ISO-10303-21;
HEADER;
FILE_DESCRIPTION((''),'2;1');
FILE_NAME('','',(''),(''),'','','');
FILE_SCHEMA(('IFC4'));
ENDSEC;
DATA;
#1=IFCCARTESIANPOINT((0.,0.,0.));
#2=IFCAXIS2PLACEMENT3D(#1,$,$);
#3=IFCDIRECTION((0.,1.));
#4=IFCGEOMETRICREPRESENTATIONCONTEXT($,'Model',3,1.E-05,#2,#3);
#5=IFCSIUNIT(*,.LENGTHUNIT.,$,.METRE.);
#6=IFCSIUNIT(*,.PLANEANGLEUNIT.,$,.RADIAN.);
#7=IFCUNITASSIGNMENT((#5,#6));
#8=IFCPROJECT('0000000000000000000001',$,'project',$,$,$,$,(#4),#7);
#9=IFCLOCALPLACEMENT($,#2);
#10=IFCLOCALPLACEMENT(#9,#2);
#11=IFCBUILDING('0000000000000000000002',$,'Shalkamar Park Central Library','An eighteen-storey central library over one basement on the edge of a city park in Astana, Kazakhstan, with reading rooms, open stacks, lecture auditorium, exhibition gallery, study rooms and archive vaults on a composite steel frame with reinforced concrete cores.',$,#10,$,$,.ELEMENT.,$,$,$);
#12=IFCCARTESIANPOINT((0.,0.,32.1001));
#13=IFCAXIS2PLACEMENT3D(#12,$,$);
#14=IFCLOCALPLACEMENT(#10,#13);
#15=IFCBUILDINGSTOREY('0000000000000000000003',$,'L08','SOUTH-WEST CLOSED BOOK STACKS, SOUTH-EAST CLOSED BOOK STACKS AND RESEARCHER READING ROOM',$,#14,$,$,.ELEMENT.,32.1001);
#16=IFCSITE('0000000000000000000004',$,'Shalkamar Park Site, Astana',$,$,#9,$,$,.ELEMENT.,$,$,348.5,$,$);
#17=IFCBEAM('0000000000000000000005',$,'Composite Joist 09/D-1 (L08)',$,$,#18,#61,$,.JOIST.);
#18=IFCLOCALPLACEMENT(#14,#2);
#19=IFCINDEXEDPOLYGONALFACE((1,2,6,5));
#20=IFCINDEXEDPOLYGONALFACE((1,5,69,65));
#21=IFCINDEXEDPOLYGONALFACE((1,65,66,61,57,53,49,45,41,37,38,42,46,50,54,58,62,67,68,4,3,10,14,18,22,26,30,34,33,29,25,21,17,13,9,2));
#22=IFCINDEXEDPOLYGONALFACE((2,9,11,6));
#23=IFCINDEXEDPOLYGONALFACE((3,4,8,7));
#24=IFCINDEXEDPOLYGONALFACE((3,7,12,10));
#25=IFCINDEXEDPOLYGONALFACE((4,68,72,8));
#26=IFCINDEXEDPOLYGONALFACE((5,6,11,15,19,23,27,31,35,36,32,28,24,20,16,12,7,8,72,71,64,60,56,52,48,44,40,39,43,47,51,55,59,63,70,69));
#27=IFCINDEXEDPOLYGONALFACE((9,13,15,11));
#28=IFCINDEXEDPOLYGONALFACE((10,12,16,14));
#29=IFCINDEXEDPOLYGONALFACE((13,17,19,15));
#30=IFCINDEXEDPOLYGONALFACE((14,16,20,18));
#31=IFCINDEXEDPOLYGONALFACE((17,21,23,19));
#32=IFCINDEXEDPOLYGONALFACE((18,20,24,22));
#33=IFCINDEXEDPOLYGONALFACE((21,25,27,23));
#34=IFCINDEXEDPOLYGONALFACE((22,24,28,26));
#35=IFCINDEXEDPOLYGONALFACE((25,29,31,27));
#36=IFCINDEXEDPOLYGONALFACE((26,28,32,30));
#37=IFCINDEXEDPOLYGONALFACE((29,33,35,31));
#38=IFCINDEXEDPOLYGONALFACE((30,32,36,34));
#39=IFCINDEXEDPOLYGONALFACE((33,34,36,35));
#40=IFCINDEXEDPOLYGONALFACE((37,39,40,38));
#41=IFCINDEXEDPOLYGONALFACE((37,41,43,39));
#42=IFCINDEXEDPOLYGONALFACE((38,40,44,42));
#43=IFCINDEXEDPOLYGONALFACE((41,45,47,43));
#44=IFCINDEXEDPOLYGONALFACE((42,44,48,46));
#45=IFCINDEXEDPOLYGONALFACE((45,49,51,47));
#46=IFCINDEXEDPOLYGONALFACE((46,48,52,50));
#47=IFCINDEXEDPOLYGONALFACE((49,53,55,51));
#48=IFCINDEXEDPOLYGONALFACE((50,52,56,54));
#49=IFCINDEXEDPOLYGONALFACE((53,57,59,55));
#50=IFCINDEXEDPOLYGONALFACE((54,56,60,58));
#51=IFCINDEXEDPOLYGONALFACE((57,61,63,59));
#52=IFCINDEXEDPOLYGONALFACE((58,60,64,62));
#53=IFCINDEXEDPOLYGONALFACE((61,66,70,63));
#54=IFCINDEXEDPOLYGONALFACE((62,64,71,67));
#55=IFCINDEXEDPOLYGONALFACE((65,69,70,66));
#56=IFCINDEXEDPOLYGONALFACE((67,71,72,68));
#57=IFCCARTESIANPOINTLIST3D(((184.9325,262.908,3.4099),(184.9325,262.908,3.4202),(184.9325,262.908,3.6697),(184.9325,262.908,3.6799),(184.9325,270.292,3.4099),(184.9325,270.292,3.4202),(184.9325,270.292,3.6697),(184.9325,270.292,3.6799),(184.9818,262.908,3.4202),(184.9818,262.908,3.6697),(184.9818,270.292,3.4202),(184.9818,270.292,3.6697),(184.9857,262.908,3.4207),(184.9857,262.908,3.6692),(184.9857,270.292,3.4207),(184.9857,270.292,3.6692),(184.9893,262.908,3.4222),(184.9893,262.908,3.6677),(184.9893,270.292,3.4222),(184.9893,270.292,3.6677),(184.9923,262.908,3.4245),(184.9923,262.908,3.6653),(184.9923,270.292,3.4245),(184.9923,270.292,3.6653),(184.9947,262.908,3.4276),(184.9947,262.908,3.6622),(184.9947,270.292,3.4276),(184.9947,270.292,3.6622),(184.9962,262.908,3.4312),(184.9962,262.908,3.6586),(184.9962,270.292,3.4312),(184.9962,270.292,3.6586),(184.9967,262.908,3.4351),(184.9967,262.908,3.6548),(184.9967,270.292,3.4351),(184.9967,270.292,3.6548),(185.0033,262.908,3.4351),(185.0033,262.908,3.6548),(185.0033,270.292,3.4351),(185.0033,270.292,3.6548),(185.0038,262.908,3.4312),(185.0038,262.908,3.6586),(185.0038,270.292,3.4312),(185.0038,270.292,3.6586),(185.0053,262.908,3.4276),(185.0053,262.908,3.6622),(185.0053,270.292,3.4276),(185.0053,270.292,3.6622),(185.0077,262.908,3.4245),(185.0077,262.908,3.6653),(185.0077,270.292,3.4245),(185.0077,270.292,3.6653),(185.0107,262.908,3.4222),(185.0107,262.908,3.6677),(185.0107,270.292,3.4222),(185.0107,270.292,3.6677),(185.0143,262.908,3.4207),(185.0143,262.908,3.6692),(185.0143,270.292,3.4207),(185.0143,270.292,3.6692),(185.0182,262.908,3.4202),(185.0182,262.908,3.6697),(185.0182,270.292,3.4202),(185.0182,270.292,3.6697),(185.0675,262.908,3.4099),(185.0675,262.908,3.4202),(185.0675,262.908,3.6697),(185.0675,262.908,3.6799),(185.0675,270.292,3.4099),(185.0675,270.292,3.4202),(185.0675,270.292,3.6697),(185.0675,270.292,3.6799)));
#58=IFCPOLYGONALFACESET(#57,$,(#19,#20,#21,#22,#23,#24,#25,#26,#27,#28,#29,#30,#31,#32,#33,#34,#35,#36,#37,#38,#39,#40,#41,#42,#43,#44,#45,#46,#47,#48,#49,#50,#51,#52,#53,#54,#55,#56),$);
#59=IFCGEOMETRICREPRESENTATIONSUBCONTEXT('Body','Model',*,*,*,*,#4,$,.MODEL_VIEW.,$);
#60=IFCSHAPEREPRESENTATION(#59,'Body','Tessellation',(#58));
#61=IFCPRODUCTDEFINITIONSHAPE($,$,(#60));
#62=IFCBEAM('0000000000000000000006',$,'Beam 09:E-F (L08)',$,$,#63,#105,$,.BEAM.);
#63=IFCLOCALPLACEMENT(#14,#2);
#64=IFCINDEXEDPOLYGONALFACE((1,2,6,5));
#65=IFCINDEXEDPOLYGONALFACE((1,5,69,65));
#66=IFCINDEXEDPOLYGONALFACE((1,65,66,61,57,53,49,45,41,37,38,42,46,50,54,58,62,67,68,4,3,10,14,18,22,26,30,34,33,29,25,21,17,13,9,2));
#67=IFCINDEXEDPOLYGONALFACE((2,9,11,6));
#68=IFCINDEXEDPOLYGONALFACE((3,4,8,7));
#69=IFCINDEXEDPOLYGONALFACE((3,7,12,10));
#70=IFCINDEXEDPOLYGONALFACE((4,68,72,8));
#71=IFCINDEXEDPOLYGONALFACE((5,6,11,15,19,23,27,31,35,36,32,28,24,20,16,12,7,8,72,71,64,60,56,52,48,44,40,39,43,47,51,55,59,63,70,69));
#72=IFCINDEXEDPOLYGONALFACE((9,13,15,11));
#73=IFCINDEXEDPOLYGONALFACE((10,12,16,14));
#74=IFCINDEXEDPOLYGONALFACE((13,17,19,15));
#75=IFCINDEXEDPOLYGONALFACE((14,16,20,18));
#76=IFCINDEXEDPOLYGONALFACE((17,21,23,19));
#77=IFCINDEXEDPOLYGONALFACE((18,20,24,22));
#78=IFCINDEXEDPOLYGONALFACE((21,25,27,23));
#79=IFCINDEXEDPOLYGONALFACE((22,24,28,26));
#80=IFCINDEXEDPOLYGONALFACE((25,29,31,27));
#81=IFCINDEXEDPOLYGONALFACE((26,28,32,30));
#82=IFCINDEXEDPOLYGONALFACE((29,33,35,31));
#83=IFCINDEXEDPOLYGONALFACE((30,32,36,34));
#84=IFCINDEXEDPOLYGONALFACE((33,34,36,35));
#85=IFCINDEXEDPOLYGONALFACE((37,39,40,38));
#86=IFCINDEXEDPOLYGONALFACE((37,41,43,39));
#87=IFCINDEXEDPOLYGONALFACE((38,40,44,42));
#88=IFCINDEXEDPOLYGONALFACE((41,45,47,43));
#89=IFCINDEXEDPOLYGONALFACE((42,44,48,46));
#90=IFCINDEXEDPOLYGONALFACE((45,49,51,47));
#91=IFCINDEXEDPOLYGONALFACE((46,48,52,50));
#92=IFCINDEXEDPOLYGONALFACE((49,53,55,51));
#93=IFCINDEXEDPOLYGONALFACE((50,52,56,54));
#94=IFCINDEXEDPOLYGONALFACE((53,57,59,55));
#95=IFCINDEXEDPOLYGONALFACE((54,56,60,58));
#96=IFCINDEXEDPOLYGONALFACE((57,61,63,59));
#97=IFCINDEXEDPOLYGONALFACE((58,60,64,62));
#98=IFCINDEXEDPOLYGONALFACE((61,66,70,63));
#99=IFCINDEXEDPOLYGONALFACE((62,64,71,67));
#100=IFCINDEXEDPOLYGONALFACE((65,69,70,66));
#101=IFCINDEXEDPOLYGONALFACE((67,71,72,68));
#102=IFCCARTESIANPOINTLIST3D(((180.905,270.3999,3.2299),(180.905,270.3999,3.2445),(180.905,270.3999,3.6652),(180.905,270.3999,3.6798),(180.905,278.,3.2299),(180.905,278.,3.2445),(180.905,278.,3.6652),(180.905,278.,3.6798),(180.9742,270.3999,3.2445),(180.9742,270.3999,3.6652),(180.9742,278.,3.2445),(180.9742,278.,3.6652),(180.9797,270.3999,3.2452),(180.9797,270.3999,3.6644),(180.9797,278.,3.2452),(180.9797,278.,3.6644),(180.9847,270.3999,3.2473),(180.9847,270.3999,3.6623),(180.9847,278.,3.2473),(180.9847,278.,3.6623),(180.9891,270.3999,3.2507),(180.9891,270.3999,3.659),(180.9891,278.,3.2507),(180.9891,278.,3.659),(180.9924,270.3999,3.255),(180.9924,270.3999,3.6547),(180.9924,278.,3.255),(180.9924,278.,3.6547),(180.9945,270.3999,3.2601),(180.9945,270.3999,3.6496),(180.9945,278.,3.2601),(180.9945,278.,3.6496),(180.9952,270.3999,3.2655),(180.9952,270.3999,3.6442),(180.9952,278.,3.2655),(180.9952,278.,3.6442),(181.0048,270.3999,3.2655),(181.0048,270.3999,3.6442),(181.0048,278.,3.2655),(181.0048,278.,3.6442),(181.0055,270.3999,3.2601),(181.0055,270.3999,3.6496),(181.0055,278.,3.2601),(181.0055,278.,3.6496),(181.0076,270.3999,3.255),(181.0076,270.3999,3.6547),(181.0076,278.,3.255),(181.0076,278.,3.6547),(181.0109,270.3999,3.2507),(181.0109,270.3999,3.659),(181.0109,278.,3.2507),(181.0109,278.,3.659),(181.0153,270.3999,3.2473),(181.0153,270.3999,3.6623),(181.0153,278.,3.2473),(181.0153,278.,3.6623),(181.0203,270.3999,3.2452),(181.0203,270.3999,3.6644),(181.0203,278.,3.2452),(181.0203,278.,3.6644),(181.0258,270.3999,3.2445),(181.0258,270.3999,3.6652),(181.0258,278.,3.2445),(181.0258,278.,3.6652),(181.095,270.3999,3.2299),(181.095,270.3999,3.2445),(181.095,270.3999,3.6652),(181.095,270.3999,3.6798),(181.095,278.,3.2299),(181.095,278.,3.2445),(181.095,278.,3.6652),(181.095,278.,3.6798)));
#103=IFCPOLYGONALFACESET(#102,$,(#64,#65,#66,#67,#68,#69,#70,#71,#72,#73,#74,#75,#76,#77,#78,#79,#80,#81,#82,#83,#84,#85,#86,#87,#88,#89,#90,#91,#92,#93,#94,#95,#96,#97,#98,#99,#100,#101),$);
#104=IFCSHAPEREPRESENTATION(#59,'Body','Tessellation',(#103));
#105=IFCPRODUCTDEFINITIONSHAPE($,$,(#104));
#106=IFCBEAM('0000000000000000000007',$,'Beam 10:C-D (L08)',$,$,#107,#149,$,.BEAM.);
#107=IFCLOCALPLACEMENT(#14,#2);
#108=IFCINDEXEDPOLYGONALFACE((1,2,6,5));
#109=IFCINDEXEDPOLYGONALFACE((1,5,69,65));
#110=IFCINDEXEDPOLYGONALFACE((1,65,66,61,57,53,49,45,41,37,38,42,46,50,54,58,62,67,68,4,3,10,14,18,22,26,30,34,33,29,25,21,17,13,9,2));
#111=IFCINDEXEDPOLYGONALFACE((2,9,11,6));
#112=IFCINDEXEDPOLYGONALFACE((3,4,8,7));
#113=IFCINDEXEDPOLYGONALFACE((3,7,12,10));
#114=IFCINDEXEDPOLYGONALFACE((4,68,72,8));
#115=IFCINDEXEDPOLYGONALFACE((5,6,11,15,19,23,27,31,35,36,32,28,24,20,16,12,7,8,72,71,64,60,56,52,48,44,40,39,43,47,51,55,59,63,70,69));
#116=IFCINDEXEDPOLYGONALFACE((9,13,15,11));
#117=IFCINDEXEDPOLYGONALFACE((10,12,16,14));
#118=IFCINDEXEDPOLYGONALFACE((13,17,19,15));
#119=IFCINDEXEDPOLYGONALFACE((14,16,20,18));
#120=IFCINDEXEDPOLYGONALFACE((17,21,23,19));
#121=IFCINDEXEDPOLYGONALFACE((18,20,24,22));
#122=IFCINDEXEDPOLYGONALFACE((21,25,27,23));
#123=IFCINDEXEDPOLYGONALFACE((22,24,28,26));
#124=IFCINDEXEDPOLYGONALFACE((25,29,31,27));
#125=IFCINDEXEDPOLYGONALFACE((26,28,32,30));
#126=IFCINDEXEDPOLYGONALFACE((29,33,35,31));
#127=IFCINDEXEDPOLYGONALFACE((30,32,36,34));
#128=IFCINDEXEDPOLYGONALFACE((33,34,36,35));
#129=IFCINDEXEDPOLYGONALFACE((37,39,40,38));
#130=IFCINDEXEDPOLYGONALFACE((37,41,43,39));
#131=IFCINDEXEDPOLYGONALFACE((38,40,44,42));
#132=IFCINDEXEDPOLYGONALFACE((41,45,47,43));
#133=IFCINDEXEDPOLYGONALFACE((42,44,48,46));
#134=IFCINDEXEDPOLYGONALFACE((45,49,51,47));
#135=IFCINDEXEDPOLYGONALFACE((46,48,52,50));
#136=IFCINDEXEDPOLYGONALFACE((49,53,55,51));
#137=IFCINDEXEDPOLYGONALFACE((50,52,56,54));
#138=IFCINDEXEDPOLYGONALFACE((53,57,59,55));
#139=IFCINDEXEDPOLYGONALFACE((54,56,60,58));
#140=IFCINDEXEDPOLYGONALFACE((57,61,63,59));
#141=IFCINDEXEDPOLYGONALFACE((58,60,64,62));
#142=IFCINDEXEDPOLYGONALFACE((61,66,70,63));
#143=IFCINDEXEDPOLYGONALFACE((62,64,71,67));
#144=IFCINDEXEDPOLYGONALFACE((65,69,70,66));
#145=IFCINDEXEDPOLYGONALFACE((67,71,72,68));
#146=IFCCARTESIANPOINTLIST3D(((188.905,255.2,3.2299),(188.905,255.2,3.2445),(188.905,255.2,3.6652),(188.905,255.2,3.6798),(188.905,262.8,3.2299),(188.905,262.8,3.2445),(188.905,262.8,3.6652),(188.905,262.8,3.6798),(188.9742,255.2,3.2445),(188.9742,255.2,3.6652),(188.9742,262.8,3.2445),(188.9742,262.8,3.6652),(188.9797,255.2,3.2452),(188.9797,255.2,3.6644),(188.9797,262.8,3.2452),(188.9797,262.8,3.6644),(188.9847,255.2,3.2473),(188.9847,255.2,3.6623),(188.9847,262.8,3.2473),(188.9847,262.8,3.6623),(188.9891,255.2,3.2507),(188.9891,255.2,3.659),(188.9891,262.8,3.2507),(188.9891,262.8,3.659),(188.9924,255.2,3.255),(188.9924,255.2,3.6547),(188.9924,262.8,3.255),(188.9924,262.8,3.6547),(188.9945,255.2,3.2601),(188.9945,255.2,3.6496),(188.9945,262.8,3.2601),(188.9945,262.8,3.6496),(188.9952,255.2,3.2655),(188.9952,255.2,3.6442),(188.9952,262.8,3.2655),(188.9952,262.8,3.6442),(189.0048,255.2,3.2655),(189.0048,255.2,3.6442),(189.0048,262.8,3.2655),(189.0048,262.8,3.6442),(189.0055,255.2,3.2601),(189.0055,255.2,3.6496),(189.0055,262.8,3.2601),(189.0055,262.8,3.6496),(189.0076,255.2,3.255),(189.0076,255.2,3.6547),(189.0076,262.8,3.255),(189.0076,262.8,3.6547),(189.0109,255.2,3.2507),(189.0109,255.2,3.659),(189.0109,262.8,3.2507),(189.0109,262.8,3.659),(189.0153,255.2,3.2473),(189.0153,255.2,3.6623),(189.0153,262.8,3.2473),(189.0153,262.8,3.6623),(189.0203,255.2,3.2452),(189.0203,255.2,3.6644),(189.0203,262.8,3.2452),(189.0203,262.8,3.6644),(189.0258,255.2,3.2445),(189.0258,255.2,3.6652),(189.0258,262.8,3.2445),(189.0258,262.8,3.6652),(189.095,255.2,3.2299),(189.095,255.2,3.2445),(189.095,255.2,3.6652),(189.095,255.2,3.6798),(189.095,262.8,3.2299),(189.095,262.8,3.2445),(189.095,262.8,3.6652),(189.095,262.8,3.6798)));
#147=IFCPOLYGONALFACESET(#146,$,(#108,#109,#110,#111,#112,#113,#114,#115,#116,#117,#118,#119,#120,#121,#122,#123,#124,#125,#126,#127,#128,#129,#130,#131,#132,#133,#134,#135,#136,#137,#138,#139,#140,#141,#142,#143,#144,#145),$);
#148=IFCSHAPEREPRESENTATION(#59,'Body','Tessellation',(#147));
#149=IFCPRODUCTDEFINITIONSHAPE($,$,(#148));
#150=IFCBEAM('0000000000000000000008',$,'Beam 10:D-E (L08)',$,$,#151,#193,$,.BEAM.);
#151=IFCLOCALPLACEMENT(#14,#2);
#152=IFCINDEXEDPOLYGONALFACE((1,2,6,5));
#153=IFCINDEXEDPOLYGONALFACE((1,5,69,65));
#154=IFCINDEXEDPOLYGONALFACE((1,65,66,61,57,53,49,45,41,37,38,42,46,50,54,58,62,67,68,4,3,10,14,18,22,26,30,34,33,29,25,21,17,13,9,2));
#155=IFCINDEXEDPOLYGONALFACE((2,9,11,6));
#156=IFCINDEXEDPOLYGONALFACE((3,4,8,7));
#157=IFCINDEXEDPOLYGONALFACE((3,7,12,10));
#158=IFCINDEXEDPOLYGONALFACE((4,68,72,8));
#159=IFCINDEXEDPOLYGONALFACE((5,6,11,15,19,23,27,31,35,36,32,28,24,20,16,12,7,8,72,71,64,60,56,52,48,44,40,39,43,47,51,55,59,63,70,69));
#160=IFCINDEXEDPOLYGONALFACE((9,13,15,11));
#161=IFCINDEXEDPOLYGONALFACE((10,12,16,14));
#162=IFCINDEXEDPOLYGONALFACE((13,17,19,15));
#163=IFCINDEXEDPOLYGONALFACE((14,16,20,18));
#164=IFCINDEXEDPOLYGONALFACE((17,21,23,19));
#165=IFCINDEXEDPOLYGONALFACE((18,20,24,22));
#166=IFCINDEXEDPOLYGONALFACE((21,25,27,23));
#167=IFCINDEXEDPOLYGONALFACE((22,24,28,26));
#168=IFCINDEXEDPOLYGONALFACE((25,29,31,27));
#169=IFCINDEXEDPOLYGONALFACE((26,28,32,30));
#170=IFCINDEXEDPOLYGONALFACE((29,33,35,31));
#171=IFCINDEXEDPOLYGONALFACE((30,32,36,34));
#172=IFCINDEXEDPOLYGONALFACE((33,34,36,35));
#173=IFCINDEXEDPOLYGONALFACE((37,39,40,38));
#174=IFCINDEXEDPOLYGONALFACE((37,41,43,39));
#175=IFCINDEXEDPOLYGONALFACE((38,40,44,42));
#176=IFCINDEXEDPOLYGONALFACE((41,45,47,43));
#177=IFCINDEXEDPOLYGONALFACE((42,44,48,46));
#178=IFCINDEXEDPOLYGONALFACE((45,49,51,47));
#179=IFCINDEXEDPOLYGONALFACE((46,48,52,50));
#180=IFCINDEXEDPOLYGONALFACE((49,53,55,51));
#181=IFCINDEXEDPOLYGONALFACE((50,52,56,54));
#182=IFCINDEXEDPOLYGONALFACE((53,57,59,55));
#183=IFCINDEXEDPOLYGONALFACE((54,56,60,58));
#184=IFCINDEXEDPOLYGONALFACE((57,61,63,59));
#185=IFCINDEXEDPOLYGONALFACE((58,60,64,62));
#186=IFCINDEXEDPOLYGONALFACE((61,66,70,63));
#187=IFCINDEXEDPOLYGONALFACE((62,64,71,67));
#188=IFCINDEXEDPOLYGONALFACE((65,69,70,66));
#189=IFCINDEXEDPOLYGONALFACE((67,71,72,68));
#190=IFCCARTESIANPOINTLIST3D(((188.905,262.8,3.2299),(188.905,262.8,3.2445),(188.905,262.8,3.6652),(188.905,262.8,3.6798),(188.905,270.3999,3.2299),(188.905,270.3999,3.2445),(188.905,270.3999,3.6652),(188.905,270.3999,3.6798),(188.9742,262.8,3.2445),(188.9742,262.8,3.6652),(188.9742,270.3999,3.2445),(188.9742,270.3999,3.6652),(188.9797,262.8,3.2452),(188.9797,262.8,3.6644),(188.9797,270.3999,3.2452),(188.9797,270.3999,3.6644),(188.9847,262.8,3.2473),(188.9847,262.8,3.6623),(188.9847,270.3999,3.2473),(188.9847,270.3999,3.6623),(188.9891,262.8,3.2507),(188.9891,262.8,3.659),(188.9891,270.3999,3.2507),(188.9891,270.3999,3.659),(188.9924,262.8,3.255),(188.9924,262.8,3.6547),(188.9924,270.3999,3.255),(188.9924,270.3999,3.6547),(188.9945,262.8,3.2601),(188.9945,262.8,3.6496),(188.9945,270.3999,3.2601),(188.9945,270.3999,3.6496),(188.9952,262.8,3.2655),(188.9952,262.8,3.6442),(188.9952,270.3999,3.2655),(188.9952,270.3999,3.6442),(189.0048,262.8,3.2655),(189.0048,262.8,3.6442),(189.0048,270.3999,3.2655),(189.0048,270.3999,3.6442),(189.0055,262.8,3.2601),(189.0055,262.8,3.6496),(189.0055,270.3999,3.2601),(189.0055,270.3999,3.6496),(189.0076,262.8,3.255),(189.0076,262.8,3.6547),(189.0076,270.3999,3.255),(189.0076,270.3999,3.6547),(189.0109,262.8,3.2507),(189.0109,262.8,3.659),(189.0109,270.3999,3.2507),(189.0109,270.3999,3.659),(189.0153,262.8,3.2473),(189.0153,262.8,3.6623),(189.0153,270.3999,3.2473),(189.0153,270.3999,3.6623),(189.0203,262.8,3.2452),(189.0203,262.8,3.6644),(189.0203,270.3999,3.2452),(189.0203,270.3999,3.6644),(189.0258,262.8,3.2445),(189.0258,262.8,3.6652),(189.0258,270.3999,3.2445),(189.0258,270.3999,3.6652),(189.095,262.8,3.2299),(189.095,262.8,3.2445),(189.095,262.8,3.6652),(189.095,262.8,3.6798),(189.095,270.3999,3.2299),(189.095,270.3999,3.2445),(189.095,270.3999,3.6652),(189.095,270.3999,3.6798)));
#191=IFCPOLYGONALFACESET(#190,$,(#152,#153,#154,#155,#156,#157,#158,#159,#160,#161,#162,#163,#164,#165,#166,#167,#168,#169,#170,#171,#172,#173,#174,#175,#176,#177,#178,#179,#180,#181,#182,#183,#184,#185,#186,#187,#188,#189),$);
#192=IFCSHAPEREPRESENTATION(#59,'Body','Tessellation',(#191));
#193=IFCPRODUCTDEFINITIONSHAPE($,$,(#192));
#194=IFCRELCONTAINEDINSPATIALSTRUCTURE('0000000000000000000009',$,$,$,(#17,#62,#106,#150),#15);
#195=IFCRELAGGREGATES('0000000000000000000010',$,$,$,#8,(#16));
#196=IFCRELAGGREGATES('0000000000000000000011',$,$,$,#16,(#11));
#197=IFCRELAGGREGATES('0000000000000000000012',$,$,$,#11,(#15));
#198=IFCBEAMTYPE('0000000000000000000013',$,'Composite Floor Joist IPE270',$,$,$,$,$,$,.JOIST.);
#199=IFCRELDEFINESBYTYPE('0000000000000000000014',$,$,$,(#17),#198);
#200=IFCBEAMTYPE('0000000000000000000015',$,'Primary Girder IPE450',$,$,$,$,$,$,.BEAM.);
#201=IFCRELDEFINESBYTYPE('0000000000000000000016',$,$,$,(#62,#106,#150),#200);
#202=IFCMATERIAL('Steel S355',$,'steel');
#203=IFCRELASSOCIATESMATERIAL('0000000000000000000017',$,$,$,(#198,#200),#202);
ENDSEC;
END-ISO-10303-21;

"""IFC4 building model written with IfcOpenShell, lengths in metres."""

from ifc_helpers import new_model, si_unit, direction, frame, origin, origin_2d, place, context, subcontext, project, spatial, i_section, extrude, material, material_profile, profile_set, type_object, element, save


model = new_model("IFC4")

# Units and contexts
model_context = context("Model", 3, precision=1e-05, world=origin(), true_north=direction((0.0, 1.0)))
body_context = subcontext(model_context, "Body", "Model", "MODEL_VIEW")
ifc_project = project(units=[si_unit("LENGTHUNIT", "METRE"), si_unit("PLANEANGLEUNIT", "RADIAN")], contexts=[model_context])

# Site, building, storey
site_placement = place(None, origin())
site = spatial("IfcSite", under=ifc_project, at=site_placement, Name="Shalkamar Park Site, Astana", CompositionType="ELEMENT", RefElevation=348.5)
building_placement = place(site_placement, origin())
building = spatial("IfcBuilding", under=site, at=building_placement, Name="Shalkamar Park Central Library", Description="An eighteen-storey central library over one basement on the edge of a city park in Astana, Kazakhstan, with reading rooms, open stacks, lecture auditorium, exhibition gallery, study rooms and archive vaults on a composite steel frame with reinforced concrete cores.", CompositionType="ELEMENT")
storey_placement = place(building_placement, frame((0.0, 0.0, 32.1001)))
storey = spatial("IfcBuildingStorey", under=building, at=storey_placement, Name="L08", Description="SOUTH-WEST CLOSED BOOK STACKS, SOUTH-EAST CLOSED BOOK STACKS AND RESEARCHER READING ROOM", CompositionType="ELEMENT", Elevation=32.1001)

# Shared definitions
ifc_material_1 = material(Name="Steel S355", Category="steel")

# Beams
ifc_material_profile_1 = material_profile(ifc_material_1, i_section(OverallWidth=0.135, OverallDepth=0.27, WebThickness=0.0066, FlangeThickness=0.0103, FilletRadius=0.0149, at=origin_2d()), Name="IPE 270")
ifc_profile_set_1 = profile_set([ifc_material_profile_1], Name="Steel S355")
beam_type_1 = type_object("IfcBeamType", Name="Composite Floor Joist IPE270", PredefinedType="JOIST", material=ifc_profile_set_1)
beam_1_placement = place(storey_placement, frame((185.0, 262.908, 3.5449), z_axis=(0.0, 1.0, 0.0), x_axis=(-1.0, 0.0, 0.0)))
element("IfcBeam", 1, at=beam_1_placement, inside=storey, type_object=beam_type_1, Name="Composite Joist 09/D-1 (L08)", PredefinedType="JOIST", context=body_context, shape_type="SweptSolid", body=[
    extrude(i_section(OverallWidth=0.135, OverallDepth=0.27, WebThickness=0.0066, FlangeThickness=0.0103, FilletRadius=0.0149, at=origin_2d()), origin(), (0.0, 0.0, 1.0), 7.384),
])
ifc_material_profile_2 = material_profile(ifc_material_1, i_section(OverallWidth=0.1899, OverallDepth=0.45, WebThickness=0.0095, FlangeThickness=0.0146, FilletRadius=0.021, at=origin_2d()), Name="IPE 450")
ifc_profile_set_2 = profile_set([ifc_material_profile_2], Name="Steel S355")
beam_type_2 = type_object("IfcBeamType", Name="Primary Girder IPE450", PredefinedType="BEAM", material=ifc_profile_set_2)
for number, where, z_axis, x_axis, name in (
    (2, (181.0, 270.3999, 3.4548), (0.0, 1.0, 0.0), (-1.0, 0.0, 0.0), "Beam 09:E-F (L08)"),
    (3, (189.0, 255.2, 3.4548), (0.0, 1.0, 0.0), (-1.0, 0.0, 0.0), "Beam 10:C-D (L08)"),
):
    element("IfcBeam", number, at=place(storey_placement, frame(where, z_axis=z_axis, x_axis=x_axis)), inside=storey, type_object=beam_type_2, Name=name, PredefinedType="BEAM", context=body_context, shape_type="SweptSolid", body=[
        extrude(i_section(OverallWidth=0.1899, OverallDepth=0.45, WebThickness=0.0095, FlangeThickness=0.0146, FilletRadius=0.021, at=origin_2d()), origin(), (0.0, 0.0, 1.0), 7.6001),
    ])
beam_2_placement = place(storey_placement, frame((189.0, 262.8, 3.4548), z_axis=(0.0, 1.0, 0.0), x_axis=(-1.0, 0.0, 0.0)))
element("IfcBeam", 4, at=beam_2_placement, inside=storey, type_object=beam_type_2, Name="Beam 10:D-E (L08)", PredefinedType="BEAM", context=body_context, shape_type="SweptSolid", body=[
    extrude(i_section(OverallWidth=0.1899, OverallDepth=0.45, WebThickness=0.0095, FlangeThickness=0.0146, FilletRadius=0.021, at=origin_2d()), origin(), (0.0, 0.0, 1.0), 7.5999),
])

save(model, "model.ifc")
